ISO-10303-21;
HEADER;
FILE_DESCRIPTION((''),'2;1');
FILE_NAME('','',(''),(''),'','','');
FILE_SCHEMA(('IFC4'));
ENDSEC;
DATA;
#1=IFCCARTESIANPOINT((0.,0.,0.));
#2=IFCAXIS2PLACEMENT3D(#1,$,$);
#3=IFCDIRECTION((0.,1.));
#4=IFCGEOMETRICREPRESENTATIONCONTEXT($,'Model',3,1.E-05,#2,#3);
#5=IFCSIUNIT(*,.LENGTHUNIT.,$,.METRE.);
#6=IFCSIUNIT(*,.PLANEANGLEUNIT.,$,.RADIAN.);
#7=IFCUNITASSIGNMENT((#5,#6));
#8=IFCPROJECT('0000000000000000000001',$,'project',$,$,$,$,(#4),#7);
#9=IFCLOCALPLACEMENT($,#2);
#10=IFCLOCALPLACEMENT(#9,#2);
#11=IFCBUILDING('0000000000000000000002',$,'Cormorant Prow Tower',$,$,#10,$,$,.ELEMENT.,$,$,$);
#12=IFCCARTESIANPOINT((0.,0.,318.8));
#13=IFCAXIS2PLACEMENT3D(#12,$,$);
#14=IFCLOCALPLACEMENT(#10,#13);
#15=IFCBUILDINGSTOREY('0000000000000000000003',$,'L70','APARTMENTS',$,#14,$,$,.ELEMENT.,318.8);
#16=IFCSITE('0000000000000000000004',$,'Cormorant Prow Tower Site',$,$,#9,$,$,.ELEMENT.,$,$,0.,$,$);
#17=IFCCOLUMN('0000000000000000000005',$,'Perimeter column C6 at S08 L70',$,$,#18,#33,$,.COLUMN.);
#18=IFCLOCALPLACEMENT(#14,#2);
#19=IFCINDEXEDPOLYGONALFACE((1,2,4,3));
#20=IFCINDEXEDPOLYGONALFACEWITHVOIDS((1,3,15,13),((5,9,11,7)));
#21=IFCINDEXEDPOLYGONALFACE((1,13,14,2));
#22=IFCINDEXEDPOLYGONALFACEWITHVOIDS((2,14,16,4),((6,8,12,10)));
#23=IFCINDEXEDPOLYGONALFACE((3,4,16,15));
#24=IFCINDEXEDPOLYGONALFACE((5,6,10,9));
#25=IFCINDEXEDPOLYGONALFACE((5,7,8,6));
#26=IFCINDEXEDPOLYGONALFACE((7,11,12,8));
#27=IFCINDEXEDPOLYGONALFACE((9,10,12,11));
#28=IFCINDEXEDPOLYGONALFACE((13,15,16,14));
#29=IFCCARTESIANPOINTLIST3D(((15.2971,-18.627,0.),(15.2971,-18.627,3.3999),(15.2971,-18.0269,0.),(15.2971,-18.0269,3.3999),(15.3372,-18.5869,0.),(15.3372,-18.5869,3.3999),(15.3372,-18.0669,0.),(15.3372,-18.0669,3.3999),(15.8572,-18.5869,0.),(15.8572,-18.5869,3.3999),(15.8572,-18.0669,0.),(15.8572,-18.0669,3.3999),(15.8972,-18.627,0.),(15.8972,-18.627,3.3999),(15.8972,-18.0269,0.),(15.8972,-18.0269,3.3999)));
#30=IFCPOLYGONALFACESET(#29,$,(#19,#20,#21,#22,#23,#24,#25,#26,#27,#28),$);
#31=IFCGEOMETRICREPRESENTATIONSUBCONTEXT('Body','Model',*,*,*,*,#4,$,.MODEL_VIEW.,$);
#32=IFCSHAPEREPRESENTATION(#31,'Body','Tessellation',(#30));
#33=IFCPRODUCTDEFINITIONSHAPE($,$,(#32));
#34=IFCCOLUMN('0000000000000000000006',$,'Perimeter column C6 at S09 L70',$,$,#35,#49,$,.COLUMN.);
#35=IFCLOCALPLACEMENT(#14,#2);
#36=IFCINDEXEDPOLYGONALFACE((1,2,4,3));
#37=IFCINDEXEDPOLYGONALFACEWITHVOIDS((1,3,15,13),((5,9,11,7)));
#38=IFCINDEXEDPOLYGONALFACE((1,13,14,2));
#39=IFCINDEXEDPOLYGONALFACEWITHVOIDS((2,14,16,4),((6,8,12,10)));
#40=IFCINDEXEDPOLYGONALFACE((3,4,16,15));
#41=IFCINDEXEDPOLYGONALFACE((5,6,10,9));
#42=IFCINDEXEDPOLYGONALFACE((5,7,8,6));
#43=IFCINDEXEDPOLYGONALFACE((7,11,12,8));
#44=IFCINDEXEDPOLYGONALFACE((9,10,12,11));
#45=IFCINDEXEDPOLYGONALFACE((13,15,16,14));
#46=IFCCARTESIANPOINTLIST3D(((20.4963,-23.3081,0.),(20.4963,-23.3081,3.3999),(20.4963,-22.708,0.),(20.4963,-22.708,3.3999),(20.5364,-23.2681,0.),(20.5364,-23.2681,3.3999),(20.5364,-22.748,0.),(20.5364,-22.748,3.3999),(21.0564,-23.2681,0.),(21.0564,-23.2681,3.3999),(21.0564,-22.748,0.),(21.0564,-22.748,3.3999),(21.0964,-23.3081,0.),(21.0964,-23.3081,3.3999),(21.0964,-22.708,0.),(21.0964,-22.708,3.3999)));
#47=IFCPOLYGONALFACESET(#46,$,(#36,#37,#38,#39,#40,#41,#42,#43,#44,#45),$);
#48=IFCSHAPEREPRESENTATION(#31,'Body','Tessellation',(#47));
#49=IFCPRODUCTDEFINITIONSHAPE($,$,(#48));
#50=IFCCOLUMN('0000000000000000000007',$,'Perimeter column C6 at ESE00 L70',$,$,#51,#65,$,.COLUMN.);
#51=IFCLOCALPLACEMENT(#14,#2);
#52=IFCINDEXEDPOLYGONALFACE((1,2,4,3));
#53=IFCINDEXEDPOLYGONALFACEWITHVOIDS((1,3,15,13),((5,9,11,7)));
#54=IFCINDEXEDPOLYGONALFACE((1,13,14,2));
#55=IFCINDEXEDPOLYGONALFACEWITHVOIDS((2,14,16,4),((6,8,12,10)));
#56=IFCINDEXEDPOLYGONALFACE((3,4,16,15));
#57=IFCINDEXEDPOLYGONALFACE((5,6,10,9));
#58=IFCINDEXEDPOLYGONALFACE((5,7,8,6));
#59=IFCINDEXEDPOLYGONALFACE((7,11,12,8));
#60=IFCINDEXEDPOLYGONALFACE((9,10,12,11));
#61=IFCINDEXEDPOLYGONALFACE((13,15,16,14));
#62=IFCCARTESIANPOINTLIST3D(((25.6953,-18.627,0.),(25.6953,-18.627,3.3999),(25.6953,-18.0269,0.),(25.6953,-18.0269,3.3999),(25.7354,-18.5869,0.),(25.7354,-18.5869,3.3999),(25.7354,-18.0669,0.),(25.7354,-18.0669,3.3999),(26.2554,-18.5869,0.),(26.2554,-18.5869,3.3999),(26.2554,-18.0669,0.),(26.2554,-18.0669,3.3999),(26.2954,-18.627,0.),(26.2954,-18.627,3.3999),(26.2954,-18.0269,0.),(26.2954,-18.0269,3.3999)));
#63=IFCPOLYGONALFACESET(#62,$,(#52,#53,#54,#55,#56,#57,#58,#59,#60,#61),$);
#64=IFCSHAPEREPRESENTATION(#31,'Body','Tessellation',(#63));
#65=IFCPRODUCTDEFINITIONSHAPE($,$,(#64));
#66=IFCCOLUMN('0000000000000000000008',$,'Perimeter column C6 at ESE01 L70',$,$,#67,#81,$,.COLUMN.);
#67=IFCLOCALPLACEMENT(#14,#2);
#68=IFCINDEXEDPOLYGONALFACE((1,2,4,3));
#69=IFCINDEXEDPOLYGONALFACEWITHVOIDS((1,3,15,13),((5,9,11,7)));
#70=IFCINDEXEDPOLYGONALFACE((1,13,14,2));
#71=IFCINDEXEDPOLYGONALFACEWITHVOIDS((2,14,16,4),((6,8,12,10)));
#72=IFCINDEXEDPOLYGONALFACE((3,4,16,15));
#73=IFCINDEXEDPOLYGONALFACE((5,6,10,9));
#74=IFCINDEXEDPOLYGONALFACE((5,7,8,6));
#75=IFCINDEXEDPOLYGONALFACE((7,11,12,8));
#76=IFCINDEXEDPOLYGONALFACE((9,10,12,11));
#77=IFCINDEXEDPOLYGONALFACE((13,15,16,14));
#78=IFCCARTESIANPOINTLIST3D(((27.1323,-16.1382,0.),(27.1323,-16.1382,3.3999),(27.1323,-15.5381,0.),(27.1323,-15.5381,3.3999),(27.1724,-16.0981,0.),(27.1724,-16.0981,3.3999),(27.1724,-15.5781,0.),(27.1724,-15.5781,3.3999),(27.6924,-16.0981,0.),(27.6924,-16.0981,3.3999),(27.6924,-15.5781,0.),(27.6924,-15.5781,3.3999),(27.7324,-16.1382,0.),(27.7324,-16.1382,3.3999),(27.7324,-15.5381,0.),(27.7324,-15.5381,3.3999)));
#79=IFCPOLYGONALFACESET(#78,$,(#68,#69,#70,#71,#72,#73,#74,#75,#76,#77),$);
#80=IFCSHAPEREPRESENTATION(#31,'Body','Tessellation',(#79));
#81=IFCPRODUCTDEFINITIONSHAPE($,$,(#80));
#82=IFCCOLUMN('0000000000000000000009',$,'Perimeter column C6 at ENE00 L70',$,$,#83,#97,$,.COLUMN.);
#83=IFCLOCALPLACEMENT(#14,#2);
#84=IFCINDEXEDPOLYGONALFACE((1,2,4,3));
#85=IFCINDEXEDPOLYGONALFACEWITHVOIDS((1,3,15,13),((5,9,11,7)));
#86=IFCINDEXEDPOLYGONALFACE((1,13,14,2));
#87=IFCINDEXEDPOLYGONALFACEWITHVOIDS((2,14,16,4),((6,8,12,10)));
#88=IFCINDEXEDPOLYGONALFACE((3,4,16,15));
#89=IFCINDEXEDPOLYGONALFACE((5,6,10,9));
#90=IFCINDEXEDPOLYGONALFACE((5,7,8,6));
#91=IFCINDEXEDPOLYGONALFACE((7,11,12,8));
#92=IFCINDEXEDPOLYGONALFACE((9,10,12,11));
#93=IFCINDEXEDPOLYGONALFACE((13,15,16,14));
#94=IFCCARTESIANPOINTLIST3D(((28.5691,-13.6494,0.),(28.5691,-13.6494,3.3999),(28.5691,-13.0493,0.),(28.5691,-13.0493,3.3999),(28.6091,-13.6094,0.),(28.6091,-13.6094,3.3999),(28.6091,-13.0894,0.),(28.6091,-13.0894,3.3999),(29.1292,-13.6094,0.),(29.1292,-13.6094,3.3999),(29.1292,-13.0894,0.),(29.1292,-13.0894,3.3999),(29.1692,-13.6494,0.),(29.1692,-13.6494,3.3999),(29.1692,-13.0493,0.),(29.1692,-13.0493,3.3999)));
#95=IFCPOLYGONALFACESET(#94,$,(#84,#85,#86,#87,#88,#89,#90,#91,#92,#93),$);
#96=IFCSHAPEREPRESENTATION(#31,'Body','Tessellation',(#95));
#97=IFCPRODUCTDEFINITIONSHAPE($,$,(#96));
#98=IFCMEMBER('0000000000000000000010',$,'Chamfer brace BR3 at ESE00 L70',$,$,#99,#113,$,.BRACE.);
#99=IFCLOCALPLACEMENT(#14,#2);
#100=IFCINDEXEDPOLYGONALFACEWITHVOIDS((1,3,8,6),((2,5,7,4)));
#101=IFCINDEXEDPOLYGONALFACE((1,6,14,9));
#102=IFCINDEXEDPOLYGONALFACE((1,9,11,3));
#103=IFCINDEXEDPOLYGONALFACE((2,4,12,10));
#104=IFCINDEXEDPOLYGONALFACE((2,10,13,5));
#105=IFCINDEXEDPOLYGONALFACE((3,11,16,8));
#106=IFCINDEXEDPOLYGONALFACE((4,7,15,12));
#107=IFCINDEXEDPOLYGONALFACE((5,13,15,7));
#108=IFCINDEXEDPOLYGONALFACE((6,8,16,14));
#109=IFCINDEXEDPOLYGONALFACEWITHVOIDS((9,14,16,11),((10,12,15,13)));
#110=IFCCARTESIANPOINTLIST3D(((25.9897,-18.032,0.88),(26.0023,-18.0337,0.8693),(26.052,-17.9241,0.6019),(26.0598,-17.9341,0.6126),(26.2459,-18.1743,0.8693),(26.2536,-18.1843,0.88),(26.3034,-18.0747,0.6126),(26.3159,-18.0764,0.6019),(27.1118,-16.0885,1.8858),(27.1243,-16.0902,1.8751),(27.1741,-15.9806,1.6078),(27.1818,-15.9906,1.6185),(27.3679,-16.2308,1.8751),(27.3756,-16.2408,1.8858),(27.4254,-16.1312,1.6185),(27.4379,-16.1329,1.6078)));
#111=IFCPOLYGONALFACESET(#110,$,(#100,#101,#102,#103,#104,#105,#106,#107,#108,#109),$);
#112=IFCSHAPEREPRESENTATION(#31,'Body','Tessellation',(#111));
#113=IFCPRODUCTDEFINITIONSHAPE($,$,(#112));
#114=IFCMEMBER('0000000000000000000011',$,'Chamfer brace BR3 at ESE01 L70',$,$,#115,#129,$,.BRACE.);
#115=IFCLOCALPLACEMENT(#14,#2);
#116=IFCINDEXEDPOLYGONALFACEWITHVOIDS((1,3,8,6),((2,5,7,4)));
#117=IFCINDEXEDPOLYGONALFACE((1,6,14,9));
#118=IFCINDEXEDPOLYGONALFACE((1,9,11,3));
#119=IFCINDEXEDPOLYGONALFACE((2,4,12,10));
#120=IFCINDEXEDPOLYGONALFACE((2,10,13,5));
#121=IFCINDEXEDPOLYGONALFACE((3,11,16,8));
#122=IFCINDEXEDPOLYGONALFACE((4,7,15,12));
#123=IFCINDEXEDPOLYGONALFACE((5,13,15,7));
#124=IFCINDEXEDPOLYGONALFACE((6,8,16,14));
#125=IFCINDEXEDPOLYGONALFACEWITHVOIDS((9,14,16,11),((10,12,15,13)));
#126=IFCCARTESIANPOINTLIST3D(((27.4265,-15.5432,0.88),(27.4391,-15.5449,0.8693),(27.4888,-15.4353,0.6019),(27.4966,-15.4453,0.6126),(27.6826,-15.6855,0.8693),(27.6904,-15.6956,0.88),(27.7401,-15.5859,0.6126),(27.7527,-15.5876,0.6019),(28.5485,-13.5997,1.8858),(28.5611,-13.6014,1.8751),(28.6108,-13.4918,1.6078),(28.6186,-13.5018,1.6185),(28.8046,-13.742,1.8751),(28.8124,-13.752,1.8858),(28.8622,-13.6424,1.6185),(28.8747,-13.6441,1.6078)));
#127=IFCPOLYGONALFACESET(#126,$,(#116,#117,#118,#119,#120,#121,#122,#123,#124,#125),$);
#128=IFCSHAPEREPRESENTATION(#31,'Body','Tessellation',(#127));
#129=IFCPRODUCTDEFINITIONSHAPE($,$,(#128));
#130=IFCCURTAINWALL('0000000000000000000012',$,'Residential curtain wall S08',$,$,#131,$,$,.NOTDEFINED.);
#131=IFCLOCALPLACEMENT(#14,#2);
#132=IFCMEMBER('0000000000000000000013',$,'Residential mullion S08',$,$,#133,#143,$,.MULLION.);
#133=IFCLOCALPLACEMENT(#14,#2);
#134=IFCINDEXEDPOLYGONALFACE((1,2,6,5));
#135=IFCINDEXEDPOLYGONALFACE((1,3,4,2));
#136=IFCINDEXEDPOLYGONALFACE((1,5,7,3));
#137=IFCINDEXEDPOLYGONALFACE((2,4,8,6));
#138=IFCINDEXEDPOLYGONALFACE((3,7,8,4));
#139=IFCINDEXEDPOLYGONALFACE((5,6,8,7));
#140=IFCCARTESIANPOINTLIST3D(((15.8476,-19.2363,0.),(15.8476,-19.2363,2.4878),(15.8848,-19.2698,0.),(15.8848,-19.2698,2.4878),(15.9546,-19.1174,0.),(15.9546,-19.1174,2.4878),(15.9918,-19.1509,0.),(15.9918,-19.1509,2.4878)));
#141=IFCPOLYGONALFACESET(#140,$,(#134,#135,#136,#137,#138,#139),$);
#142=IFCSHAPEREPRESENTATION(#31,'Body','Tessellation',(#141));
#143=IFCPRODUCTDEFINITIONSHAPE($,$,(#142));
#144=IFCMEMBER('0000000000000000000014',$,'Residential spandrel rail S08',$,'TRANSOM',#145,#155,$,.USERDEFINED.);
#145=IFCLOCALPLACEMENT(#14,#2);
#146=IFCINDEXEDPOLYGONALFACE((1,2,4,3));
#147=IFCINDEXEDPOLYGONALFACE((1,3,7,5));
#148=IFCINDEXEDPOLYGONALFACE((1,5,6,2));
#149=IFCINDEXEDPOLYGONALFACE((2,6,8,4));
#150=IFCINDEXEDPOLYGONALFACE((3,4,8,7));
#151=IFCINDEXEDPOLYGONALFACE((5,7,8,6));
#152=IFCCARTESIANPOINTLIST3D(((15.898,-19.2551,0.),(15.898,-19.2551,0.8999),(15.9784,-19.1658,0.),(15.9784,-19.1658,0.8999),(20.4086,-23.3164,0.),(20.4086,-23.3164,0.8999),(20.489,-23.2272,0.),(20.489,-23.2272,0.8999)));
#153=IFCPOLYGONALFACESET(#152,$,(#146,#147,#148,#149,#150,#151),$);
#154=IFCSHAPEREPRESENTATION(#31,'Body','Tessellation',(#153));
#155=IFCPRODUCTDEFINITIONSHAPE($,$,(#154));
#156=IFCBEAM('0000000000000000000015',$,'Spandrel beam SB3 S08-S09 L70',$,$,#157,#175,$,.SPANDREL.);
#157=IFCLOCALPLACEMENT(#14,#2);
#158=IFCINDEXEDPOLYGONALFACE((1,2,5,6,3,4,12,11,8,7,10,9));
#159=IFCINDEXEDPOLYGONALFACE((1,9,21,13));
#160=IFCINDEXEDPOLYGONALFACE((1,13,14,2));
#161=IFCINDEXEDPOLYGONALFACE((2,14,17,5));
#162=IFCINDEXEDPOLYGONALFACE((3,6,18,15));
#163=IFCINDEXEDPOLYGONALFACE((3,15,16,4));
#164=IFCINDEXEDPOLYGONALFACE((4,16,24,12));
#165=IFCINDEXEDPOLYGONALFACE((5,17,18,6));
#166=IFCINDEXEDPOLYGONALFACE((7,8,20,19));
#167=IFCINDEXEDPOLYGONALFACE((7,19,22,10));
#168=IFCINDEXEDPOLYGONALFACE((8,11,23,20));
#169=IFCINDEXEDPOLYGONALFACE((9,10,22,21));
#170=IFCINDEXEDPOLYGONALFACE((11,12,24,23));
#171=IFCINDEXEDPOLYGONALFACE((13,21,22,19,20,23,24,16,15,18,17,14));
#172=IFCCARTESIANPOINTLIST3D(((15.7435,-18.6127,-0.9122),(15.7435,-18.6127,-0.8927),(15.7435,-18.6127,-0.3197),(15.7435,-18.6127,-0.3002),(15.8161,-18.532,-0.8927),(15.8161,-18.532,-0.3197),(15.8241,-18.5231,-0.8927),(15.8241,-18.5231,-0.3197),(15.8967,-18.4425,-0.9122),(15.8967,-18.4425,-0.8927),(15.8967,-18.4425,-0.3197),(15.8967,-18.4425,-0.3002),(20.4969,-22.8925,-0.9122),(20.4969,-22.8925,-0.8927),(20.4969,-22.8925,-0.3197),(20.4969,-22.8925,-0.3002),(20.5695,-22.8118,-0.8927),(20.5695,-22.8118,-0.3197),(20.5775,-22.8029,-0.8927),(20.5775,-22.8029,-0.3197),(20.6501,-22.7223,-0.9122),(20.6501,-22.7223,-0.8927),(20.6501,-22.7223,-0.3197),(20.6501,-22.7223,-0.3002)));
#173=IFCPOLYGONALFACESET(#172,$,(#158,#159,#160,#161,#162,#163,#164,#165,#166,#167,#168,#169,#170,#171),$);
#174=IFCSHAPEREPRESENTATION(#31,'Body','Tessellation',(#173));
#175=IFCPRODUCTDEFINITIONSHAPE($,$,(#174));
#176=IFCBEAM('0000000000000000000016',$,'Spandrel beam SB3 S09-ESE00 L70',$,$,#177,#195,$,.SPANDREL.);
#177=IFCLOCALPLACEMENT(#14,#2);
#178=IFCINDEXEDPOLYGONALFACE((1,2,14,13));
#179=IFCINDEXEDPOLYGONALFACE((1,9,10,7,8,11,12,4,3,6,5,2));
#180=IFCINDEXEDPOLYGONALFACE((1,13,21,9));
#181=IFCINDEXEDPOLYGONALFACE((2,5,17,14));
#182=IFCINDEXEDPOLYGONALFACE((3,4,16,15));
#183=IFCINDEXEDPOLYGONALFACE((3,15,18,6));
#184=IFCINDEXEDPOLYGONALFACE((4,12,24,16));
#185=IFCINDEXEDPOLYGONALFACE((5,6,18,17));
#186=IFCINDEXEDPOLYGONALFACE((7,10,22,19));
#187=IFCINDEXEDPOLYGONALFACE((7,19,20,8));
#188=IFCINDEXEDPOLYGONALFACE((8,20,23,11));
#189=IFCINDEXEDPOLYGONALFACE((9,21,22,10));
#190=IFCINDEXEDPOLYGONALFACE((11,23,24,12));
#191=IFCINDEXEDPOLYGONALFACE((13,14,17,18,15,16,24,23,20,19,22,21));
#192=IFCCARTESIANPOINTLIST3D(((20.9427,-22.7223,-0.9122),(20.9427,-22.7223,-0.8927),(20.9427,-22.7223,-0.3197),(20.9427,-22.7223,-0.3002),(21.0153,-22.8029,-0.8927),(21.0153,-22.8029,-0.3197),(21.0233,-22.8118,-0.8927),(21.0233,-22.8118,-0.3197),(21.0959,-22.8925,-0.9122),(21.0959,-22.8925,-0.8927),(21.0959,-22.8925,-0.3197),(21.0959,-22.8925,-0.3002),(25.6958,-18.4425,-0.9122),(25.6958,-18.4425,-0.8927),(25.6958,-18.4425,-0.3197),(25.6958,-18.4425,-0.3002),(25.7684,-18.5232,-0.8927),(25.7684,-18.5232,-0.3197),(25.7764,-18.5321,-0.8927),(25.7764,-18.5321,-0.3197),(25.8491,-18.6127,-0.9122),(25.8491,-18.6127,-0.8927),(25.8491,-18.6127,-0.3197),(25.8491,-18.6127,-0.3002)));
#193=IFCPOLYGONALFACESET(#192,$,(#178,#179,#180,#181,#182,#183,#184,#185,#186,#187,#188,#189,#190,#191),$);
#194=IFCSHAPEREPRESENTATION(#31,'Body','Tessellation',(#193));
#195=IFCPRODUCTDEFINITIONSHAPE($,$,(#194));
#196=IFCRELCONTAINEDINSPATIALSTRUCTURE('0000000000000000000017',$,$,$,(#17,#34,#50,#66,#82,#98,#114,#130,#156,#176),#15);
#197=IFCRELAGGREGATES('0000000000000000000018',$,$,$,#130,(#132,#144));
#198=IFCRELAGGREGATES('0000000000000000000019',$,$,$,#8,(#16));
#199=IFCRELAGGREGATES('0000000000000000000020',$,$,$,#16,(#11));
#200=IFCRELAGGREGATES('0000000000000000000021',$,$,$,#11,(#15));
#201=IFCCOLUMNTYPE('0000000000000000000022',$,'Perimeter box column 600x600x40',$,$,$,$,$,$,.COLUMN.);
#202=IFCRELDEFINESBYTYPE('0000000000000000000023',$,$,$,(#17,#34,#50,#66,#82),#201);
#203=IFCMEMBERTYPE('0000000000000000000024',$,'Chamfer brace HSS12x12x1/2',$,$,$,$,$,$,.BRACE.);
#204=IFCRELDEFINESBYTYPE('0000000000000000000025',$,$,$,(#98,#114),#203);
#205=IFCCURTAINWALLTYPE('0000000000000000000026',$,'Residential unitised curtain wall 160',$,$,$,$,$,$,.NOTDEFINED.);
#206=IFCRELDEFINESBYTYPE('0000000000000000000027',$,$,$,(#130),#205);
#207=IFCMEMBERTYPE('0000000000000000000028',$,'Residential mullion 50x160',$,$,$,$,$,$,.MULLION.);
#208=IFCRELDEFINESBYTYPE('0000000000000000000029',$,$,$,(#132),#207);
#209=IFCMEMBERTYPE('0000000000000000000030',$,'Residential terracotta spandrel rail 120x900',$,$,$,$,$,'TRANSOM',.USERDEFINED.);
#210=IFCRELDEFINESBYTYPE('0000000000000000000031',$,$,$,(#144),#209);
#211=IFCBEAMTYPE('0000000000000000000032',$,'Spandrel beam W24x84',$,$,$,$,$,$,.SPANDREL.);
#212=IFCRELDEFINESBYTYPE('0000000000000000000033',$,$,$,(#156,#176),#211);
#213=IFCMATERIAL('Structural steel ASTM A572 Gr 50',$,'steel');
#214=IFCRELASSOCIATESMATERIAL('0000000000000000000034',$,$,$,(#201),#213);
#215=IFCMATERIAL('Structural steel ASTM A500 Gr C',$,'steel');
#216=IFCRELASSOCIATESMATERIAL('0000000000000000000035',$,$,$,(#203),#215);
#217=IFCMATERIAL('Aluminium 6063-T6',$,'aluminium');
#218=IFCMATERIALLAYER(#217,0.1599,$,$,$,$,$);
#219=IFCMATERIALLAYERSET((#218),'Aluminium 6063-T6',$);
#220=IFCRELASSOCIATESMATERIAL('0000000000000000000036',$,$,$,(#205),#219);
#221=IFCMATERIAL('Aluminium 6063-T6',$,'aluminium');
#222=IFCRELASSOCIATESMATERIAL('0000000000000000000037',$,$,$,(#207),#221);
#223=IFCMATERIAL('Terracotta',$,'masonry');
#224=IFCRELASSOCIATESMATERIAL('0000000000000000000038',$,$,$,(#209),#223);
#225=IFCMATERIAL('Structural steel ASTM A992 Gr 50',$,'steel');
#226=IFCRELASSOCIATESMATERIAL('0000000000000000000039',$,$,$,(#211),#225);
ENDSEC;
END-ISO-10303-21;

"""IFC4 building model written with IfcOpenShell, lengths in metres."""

from ifc_helpers import new_model, si_unit, direction, frame, origin, origin_2d, place, context, subcontext, project, spatial, rectangle, hollow_rectangle, i_section, extrude, material, layer, layer_set, material_profile, profile_set, type_object, element, aggregate, save


model = new_model("IFC4")

# Units and contexts
model_context = context("Model", 3, precision=1e-05, world=origin(), true_north=direction((0.0, 1.0)))
body_context = subcontext(model_context, "Body", "Model", "MODEL_VIEW")
ifc_project = project(units=[si_unit("LENGTHUNIT", "METRE"), si_unit("PLANEANGLEUNIT", "RADIAN")], contexts=[model_context])

# Site, building, storey
site_placement = place(None, origin())
site = spatial("IfcSite", under=ifc_project, at=site_placement, Name="Cormorant Prow Tower Site", CompositionType="ELEMENT", RefElevation=0.0)
building_placement = place(site_placement, origin())
building = spatial("IfcBuilding", under=site, at=building_placement, Name="Cormorant Prow Tower", CompositionType="ELEMENT")
storey_placement = place(building_placement, frame((0.0, 0.0, 318.8)))
storey = spatial("IfcBuildingStorey", under=building, at=storey_placement, Name="L70", Description="APARTMENTS", CompositionType="ELEMENT", Elevation=318.8)

# Columns
ifc_material_1 = material(Name="Structural steel ASTM A572 Gr 50", Category="steel")
ifc_material_profile_1 = material_profile(ifc_material_1, hollow_rectangle(XDim=0.6001, YDim=0.6001, WallThickness=0.04, at=origin_2d()), Name="Box 600x600x40")
ifc_profile_set_1 = profile_set([ifc_material_profile_1], Name="Structural steel ASTM A572 Gr 50")
column_type = type_object("IfcColumnType", Name="Perimeter box column 600x600x40", PredefinedType="COLUMN", material=ifc_profile_set_1)
for number, where, z_axis, x_axis, name in (
    (1, (15.5972, -18.3269, 0.0), (0.0, 0.0, 1.0), (1.0, 0.0, 0.0), "Perimeter column C6 at S08 L70"),
    (2, (20.7964, -23.0081, 0.0), (0.0, 0.0, 1.0), (1.0, 0.0, 0.0), "Perimeter column C6 at S09 L70"),
    (3, (25.9954, -18.3269, 0.0), (0.0, 0.0, 1.0), (1.0, 0.0, 0.0), "Perimeter column C6 at ESE00 L70"),
    (4, (27.4324, -15.8381, 0.0), (0.0, 0.0, 1.0), (1.0, 0.0, 0.0), "Perimeter column C6 at ESE01 L70"),
    (5, (28.8691, -13.3494, 0.0), (0.0, 0.0, 1.0), (1.0, 0.0, 0.0), "Perimeter column C6 at ENE00 L70"),
):
    element("IfcColumn", number, at=place(storey_placement, frame(where, z_axis=z_axis, x_axis=x_axis)), inside=storey, type_object=column_type, Name=name, PredefinedType="COLUMN", context=body_context, shape_type="SweptSolid", body=[
        extrude(hollow_rectangle(XDim=0.6001, YDim=0.6001, WallThickness=0.04, at=origin_2d()), origin(), (0.0, 0.0, 1.0), 3.3999),
    ])

# Members
ifc_material_2 = material(Name="Structural steel ASTM A500 Gr C", Category="steel")
ifc_material_profile_2 = material_profile(ifc_material_2, hollow_rectangle(XDim=0.3047, YDim=0.3047, WallThickness=0.0117, at=origin_2d()), Name="HSS12x12x1/2")
ifc_profile_set_2 = profile_set([ifc_material_profile_2], Name="Structural steel ASTM A500 Gr C")
member_type_1 = type_object("IfcMemberType", Name="Chamfer brace HSS12x12x1/2", PredefinedType="BRACE", material=ifc_profile_set_2)
for number, where, z_axis, x_axis, name in (
    (6, (26.1528, -18.0542, 0.741), (0.456247, 0.790292, 0.408994), (-0.866039, 0.499977, 0.0), "Chamfer brace BR3 at ESE00 L70"),
    (7, (27.5896, -15.5654, 0.741), (0.456247, 0.790292, 0.408994), (-0.866039, 0.499977, 0.0), "Chamfer brace BR3 at ESE01 L70"),
):
    element("IfcMember", number, at=place(storey_placement, frame(where, z_axis=z_axis, x_axis=x_axis)), inside=storey, type_object=member_type_1, Name=name, PredefinedType="BRACE", context=body_context, shape_type="SweptSolid", body=[
        extrude(hollow_rectangle(XDim=0.3047, YDim=0.3047, WallThickness=0.0117, at=origin_2d()), origin(), (0.0, 0.0, 1.0), 2.4592),
    ])

# Curtain wall, members
ifc_material_3 = material(Name="Aluminium 6063-T6", Category="aluminium")
ifc_layer_1 = layer(ifc_material_3, 0.1599)
ifc_layer_set_1 = layer_set([ifc_layer_1], Name="Aluminium 6063-T6")
curtain_wall_type = type_object("IfcCurtainWallType", Name="Residential unitised curtain wall 160", PredefinedType="NOTDEFINED", material=ifc_layer_set_1)
curtain_wall_placement = place(storey_placement, origin())
curtain_wall = element("IfcCurtainWall", 8, at=curtain_wall_placement, inside=storey, type_object=curtain_wall_type, Name="Residential curtain wall S08", PredefinedType="NOTDEFINED")
ifc_material_4 = material(Name="Aluminium 6063-T6", Category="aluminium")
ifc_material_profile_3 = material_profile(ifc_material_4, rectangle(XDim=0.1599, YDim=0.05, at=origin_2d()), Name="Residential mullion 50x160")
ifc_profile_set_3 = profile_set([ifc_material_profile_3], Name="Aluminium 6063-T6")
member_type_2 = type_object("IfcMemberType", Name="Residential mullion 50x160", PredefinedType="MULLION", material=ifc_profile_set_3)
member_1_placement = place(storey_placement, frame((15.9197, -19.1936, 0.0), z_axis=(0.0, 0.0, 1.0), x_axis=(0.669131, 0.743145, 0.0)))
member_1 = element("IfcMember", 9, at=member_1_placement, type_object=member_type_2, Name="Residential mullion S08", PredefinedType="MULLION", context=body_context, shape_type="SweptSolid", body=[
    extrude(rectangle(XDim=0.1599, YDim=0.05, at=origin_2d()), origin(), (0.0, 0.0, 1.0), 2.4878),
])
ifc_material_5 = material(Name="Terracotta", Category="masonry")
ifc_material_profile_4 = material_profile(ifc_material_5, rectangle(XDim=0.1201, YDim=0.8999, at=origin_2d()), Name="Residential terracotta spandrel rail 120x900")
ifc_profile_set_4 = profile_set([ifc_material_profile_4], Name="Terracotta")
member_type_3 = type_object("IfcMemberType", Name="Residential terracotta spandrel rail 120x900", ElementType="TRANSOM", PredefinedType="USERDEFINED", material=ifc_profile_set_4)
member_2_placement = place(storey_placement, frame((15.9382, -19.2104, 0.45), z_axis=(0.743144, -0.669131, 0.0), x_axis=(0.669131, 0.743144, 0.0)))
member_2 = element("IfcMember", 10, at=member_2_placement, type_object=member_type_3, Name="Residential spandrel rail S08", ObjectType="TRANSOM", PredefinedType="USERDEFINED", context=body_context, shape_type="SweptSolid", body=[
    extrude(rectangle(XDim=0.1201, YDim=0.8999, at=origin_2d()), origin(), (0.0, 0.0, 1.0), 6.0696),
])

# Beams
ifc_material_6 = material(Name="Structural steel ASTM A992 Gr 50", Category="steel")
ifc_material_profile_5 = material_profile(ifc_material_6, i_section(OverallWidth=0.229, OverallDepth=0.6121, WebThickness=0.012, FlangeThickness=0.0195, at=origin_2d()), Name="W24x84")
ifc_profile_set_5 = profile_set([ifc_material_profile_5], Name="Structural steel ASTM A992 Gr 50")
beam_type = type_object("IfcBeamType", Name="Spandrel beam W24x84", PredefinedType="SPANDREL", material=ifc_profile_set_5)
beam_1_placement = place(storey_placement, frame((15.8201, -18.5276, -0.6062), z_axis=(0.743161, -0.669112, 0.0), x_axis=(0.669112, 0.743161, 0.0)))
element("IfcBeam", 11, at=beam_1_placement, inside=storey, type_object=beam_type, Name="Spandrel beam SB3 S08-S09 L70", PredefinedType="SPANDREL", context=body_context, shape_type="SweptSolid", body=[
    extrude(i_section(OverallWidth=0.229, OverallDepth=0.6121, WebThickness=0.012, FlangeThickness=0.0195, at=origin_2d()), origin(), (0.0, 0.0, 1.0), 6.3962),
])
beam_2_placement = place(storey_placement, frame((21.0193, -22.8074, -0.6062), z_axis=(0.743144, 0.669131, 0.0), x_axis=(-0.669131, 0.743144, 0.0)))
element("IfcBeam", 12, at=beam_2_placement, inside=storey, type_object=beam_type, Name="Spandrel beam SB3 S09-ESE00 L70", PredefinedType="SPANDREL", context=body_context, shape_type="SweptSolid", body=[
    extrude(i_section(OverallWidth=0.229, OverallDepth=0.6121, WebThickness=0.012, FlangeThickness=0.0195, at=origin_2d()), origin(), (0.0, 0.0, 1.0), 6.396),
])

aggregate(curtain_wall, [member_1, member_2])

save(model, "model.ifc")
